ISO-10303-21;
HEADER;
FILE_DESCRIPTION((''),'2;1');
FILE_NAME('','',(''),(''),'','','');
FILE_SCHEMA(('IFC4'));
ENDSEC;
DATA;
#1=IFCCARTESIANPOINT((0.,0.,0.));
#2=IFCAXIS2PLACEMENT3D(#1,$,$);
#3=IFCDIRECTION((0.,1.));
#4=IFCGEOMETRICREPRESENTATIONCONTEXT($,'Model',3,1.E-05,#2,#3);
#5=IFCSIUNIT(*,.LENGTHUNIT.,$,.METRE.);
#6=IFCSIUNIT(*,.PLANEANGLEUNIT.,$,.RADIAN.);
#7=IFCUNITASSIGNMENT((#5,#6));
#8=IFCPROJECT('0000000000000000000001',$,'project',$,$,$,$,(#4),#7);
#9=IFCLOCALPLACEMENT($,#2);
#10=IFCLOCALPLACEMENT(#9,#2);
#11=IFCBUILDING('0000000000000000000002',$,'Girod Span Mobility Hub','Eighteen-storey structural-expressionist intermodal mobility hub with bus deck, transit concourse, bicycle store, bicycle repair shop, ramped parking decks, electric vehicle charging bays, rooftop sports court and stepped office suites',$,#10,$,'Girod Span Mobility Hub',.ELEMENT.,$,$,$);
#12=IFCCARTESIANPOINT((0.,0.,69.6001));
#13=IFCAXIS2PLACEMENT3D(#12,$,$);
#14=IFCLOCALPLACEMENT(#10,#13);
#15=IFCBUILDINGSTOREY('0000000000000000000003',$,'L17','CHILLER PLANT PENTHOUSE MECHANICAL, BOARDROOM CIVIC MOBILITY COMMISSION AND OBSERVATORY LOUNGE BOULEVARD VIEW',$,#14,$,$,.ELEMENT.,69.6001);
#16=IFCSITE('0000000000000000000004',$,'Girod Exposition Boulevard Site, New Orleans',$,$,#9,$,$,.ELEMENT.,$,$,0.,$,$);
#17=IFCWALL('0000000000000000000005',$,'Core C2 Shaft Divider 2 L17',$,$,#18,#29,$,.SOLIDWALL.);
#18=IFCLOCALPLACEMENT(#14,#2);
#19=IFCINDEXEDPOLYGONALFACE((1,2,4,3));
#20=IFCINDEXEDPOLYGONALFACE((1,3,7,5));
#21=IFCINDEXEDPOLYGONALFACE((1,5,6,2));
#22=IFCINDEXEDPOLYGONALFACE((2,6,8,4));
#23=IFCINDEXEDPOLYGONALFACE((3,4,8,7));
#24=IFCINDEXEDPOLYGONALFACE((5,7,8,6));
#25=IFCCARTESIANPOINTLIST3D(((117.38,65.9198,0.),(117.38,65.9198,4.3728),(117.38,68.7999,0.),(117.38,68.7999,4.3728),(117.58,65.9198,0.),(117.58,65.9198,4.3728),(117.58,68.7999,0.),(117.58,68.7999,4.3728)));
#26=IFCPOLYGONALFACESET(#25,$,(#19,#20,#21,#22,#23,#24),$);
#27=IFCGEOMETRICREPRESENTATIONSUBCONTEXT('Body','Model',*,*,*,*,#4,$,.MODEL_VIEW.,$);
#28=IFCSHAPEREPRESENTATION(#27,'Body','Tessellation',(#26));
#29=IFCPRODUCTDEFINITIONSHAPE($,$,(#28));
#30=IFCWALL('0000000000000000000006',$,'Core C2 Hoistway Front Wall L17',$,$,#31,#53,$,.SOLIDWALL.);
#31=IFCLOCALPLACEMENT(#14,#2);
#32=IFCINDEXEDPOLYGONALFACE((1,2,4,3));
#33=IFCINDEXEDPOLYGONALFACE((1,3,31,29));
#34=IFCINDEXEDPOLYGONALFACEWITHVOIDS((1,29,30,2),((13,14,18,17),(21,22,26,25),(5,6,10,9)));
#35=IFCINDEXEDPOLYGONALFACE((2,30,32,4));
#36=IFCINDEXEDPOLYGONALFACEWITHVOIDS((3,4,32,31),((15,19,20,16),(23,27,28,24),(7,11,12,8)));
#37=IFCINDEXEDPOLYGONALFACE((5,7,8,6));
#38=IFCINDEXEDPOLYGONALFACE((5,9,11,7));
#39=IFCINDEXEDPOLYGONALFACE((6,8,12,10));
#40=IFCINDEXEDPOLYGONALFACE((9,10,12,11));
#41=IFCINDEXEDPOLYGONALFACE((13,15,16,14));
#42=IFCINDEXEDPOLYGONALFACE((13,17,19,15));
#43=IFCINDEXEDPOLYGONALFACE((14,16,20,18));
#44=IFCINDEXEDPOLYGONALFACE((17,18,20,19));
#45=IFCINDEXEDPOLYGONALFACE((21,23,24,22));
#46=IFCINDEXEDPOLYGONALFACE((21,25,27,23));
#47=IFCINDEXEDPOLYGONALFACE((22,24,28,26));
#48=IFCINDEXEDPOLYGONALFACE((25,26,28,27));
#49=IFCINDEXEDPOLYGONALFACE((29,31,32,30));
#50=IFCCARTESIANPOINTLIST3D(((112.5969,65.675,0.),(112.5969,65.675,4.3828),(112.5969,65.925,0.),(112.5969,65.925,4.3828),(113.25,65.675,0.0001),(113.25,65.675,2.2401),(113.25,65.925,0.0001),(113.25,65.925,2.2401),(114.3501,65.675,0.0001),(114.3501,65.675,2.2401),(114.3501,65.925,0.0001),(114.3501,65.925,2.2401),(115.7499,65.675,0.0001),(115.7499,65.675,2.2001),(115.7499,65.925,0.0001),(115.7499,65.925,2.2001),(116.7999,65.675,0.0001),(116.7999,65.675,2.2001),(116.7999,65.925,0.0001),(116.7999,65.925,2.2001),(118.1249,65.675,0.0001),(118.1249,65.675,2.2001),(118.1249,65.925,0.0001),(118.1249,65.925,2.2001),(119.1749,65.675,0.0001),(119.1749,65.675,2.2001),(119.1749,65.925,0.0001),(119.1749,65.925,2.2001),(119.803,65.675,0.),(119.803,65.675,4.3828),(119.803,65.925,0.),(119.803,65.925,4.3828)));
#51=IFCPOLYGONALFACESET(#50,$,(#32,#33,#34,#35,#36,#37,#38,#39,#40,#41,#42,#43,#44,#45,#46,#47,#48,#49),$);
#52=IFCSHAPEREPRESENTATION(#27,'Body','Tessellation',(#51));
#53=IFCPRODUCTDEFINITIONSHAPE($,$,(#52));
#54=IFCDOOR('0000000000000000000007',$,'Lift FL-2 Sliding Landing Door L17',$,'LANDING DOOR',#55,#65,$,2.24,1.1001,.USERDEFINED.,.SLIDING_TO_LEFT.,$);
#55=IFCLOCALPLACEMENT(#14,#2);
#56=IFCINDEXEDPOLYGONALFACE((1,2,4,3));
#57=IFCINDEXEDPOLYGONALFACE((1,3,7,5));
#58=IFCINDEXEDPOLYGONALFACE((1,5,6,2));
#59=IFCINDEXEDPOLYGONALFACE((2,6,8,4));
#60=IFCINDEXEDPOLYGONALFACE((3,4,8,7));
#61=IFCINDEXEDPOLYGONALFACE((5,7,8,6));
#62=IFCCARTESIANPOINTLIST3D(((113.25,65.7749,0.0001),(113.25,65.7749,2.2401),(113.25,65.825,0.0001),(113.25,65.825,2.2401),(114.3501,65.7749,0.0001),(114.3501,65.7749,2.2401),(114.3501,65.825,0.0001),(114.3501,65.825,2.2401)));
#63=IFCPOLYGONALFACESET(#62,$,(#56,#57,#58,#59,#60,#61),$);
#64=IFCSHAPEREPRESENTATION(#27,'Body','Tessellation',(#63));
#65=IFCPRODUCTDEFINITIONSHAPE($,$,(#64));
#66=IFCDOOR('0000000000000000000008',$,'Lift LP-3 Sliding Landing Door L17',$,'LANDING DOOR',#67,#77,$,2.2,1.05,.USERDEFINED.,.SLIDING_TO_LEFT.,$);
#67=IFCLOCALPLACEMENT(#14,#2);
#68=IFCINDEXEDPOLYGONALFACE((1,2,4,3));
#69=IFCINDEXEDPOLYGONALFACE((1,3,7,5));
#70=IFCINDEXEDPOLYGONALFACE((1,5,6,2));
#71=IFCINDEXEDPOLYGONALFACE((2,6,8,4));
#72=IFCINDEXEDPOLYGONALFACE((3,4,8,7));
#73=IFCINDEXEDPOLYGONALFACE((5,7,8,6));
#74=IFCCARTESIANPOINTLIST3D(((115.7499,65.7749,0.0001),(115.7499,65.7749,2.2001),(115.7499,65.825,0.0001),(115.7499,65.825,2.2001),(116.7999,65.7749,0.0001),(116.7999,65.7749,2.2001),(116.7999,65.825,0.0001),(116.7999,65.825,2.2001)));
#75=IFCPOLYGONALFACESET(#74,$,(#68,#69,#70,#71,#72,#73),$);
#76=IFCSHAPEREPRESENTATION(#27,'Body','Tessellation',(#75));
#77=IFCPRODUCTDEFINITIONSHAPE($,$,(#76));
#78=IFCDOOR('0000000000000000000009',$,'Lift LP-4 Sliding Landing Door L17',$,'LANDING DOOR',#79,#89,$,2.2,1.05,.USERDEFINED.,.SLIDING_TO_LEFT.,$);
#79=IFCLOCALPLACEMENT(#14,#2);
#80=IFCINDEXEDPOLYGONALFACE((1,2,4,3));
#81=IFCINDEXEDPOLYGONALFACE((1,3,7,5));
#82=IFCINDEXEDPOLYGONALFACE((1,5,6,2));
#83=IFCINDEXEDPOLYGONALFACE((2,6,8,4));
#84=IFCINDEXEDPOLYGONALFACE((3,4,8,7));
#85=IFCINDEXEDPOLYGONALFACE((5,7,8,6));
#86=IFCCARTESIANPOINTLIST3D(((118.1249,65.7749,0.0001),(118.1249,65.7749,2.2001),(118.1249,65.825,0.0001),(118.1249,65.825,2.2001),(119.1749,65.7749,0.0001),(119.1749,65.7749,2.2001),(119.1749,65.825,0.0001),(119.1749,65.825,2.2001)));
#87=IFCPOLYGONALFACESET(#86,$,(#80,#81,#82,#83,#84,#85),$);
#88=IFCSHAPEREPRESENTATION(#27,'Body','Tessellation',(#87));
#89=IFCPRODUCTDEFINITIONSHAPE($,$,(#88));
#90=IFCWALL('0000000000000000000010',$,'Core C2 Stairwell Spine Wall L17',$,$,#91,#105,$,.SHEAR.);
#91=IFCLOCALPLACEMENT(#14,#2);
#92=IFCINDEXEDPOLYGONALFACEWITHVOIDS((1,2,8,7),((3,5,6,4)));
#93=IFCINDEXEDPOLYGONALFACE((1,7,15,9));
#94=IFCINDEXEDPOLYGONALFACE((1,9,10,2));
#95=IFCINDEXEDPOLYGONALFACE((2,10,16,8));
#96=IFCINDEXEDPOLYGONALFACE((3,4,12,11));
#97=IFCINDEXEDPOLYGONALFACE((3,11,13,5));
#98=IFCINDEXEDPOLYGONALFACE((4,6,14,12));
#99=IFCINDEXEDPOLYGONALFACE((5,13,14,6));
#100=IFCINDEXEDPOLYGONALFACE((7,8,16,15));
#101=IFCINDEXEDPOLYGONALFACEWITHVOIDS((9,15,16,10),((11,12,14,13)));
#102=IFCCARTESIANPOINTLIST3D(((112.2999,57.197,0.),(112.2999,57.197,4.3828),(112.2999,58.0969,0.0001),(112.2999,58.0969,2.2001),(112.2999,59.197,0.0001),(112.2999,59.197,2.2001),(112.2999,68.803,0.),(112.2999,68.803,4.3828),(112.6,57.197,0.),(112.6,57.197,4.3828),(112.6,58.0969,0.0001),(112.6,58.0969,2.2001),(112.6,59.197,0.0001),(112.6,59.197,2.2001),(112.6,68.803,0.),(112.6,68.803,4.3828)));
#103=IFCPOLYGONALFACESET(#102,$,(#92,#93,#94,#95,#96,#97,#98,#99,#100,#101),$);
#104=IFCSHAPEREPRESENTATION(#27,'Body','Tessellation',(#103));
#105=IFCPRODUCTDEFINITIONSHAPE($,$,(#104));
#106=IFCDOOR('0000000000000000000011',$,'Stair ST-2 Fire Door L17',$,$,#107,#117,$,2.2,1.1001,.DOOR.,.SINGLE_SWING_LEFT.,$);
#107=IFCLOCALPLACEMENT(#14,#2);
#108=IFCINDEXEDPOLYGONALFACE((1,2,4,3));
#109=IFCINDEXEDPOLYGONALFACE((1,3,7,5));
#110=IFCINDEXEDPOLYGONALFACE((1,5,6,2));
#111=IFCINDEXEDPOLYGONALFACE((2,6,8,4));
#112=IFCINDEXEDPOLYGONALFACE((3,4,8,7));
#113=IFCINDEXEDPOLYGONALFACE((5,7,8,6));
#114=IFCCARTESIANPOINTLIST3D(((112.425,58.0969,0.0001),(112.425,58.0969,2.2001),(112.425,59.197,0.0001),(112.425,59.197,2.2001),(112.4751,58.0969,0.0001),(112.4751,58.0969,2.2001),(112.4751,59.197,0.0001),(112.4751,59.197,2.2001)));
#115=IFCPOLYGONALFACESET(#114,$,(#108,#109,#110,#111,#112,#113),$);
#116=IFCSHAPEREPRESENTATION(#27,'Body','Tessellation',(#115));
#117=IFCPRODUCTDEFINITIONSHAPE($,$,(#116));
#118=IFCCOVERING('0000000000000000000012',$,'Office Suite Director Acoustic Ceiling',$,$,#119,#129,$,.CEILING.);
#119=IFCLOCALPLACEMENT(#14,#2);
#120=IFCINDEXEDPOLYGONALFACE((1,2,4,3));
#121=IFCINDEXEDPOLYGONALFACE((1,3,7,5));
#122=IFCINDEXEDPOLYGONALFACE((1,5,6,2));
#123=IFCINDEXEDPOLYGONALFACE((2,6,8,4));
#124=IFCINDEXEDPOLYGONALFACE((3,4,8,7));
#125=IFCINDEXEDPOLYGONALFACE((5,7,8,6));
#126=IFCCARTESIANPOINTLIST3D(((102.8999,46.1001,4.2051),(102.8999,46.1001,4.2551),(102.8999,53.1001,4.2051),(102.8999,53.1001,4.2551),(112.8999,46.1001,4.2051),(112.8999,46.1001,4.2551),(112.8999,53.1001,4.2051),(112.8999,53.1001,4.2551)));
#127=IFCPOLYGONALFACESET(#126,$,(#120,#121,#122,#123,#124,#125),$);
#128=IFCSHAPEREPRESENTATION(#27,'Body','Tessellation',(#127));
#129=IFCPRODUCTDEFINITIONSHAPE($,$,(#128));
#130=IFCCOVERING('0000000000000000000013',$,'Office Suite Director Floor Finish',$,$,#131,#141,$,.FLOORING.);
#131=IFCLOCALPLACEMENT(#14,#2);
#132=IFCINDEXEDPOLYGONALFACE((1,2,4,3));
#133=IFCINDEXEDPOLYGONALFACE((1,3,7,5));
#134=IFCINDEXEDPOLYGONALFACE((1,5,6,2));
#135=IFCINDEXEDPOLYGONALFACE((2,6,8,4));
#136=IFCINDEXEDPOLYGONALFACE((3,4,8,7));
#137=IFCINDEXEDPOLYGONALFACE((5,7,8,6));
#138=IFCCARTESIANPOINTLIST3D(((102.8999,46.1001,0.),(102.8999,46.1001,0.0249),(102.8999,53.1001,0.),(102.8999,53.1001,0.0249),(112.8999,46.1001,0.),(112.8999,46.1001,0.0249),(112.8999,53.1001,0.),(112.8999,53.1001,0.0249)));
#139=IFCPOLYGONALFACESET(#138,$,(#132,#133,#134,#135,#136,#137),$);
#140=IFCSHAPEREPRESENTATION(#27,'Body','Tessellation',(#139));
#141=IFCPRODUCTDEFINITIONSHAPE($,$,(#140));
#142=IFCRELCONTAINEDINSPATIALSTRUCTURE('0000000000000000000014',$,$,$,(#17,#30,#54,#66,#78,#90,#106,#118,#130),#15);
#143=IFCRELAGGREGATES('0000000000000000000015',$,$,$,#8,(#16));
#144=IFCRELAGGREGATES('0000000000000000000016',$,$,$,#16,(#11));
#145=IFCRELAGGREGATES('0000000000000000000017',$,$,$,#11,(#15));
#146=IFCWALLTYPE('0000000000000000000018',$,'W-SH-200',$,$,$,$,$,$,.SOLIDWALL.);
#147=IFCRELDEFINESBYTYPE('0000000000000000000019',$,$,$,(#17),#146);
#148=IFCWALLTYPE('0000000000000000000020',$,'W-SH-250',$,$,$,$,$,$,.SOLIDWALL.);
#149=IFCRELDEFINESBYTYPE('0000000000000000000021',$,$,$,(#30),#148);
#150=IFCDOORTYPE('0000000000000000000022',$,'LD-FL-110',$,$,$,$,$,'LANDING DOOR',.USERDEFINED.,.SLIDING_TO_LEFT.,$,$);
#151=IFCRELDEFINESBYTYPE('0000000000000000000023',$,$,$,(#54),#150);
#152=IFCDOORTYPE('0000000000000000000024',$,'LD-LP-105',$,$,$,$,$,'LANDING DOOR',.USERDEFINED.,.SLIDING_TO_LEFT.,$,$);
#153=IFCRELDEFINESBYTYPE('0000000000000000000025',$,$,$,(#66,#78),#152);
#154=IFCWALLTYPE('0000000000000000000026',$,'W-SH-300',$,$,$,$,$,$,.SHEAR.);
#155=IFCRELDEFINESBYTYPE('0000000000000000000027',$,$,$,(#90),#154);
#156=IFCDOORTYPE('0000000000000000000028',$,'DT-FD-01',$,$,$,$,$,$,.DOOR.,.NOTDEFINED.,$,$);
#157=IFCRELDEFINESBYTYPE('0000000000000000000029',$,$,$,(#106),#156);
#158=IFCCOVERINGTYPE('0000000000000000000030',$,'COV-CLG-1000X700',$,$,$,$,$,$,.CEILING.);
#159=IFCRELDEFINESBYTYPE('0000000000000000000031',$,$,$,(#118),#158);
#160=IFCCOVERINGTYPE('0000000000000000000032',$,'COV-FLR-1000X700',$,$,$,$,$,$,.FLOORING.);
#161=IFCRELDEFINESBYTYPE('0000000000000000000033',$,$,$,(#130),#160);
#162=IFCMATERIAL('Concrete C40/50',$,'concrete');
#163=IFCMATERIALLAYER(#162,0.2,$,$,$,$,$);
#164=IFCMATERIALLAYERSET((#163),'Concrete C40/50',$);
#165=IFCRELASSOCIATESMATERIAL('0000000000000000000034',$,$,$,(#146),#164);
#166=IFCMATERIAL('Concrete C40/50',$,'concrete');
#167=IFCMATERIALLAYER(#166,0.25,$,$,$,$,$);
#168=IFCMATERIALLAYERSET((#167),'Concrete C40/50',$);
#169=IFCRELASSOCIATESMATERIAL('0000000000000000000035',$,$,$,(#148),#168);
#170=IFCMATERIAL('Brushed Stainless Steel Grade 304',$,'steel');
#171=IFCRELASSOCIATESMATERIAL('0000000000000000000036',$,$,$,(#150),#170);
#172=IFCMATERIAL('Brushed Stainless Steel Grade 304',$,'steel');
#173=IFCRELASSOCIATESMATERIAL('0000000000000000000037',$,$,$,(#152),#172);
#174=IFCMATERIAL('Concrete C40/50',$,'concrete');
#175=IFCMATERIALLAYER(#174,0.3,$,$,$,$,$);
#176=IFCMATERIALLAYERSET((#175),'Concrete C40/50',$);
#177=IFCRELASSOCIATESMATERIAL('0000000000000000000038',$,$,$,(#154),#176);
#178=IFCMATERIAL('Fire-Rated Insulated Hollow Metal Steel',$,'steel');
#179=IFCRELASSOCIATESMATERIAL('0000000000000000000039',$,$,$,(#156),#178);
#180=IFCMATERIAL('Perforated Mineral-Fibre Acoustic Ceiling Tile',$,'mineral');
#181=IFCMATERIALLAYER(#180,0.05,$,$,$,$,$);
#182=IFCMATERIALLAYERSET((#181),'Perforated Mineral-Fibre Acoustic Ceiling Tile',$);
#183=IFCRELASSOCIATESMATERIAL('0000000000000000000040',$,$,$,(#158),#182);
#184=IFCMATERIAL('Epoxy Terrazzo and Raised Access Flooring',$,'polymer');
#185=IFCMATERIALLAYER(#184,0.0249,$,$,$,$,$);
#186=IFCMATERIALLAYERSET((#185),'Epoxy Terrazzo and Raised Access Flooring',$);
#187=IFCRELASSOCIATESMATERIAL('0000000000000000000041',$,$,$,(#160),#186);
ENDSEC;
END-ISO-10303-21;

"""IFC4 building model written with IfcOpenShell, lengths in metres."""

from ifc_helpers import new_model, si_unit, direction, frame, frame_2d, origin, origin_2d, place, context, subcontext, project, spatial, rectangle, extrude, material, layer, layer_set, type_object, element, fill, save


model = new_model("IFC4")

# Units and contexts
model_context = context("Model", 3, precision=1e-05, world=origin(), true_north=direction((0.0, 1.0)))
body_context = subcontext(model_context, "Body", "Model", "MODEL_VIEW")
ifc_project = project(units=[si_unit("LENGTHUNIT", "METRE"), si_unit("PLANEANGLEUNIT", "RADIAN")], contexts=[model_context])

# Site, building, storey
site_placement = place(None, origin())
site = spatial("IfcSite", under=ifc_project, at=site_placement, Name="Girod Exposition Boulevard Site, New Orleans", CompositionType="ELEMENT", RefElevation=0.0)
building_placement = place(site_placement, origin())
building = spatial("IfcBuilding", under=site, at=building_placement, Name="Girod Span Mobility Hub", Description="Eighteen-storey structural-expressionist intermodal mobility hub with bus deck, transit concourse, bicycle store, bicycle repair shop, ramped parking decks, electric vehicle charging bays, rooftop sports court and stepped office suites", LongName="Girod Span Mobility Hub", CompositionType="ELEMENT")
storey_placement = place(building_placement, frame((0.0, 0.0, 69.6001)))
storey = spatial("IfcBuildingStorey", under=building, at=storey_placement, Name="L17", Description="CHILLER PLANT PENTHOUSE MECHANICAL, BOARDROOM CIVIC MOBILITY COMMISSION AND OBSERVATORY LOUNGE BOULEVARD VIEW", CompositionType="ELEMENT", Elevation=69.6001)

# Wall
ifc_material_1 = material(Name="Concrete C40/50", Category="concrete")
ifc_layer_1 = layer(ifc_material_1, 0.2)
ifc_layer_set_1 = layer_set([ifc_layer_1], Name="Concrete C40/50")
wall_type_1 = type_object("IfcWallType", Name="W-SH-200", PredefinedType="SOLIDWALL", material=ifc_layer_set_1)
for number, where, z_axis, x_axis, name in (
    (1, (117.48, 65.9199, 0.0), (0.0, 0.0, 1.0), (0.0, 1.0, 0.0), "Core C2 Shaft Divider 2 L17"),
):
    element("IfcWall", number, at=place(storey_placement, frame(where, z_axis=z_axis, x_axis=x_axis)), inside=storey, type_object=wall_type_1, Name=name, PredefinedType="SOLIDWALL", context=body_context, shape_type="SweptSolid", body=[
        extrude(rectangle(XDim=2.8801, YDim=0.2, at=frame_2d((1.4399, 0.0))), origin(), (0.0, 0.0, 1.0), 4.3728),
    ])

# Wall, openings, doors
ifc_material_2 = material(Name="Concrete C40/50", Category="concrete")
ifc_layer_2 = layer(ifc_material_2, 0.25)
ifc_layer_set_2 = layer_set([ifc_layer_2], Name="Concrete C40/50")
wall_type_2 = type_object("IfcWallType", Name="W-SH-250", PredefinedType="SOLIDWALL", material=ifc_layer_set_2)
wall_1_placement = place(storey_placement, frame((112.5969, 65.8, 0.0), z_axis=(0.0, 0.0, 1.0), x_axis=(1.0, 0.0, 0.0)))
wall_1 = element("IfcWall", 2, at=wall_1_placement, inside=storey, type_object=wall_type_2, Name="Core C2 Hoistway Front Wall L17", PredefinedType="SOLIDWALL", context=body_context, shape_type="SweptSolid", body=[
    extrude(rectangle(XDim=7.2061, YDim=0.25, at=frame_2d((3.603, 0.0))), origin(), (0.0, 0.0, 1.0), 4.3828),
])
opening_1_placement = place(wall_1_placement, frame((0.6531, 0.0, 0.0)))
opening_1 = element("IfcOpeningElement", 3, at=opening_1_placement, cuts=wall_1, PredefinedType="OPENING", context=body_context, shape_type="SweptSolid", body=[
    extrude(rectangle(XDim=1.1001, YDim=2.24, at=frame_2d((0.55, 1.1201))), frame((0.0, 0.1399, 0.0), z_axis=(0.0, -1.0, 0.0), x_axis=(1.0, 0.0, 0.0)), (0.0, 0.0, 1.0), 0.28),
])
opening_2_placement = place(wall_1_placement, frame((3.1531, 0.0, 0.0)))
opening_2 = element("IfcOpeningElement", 4, at=opening_2_placement, cuts=wall_1, PredefinedType="OPENING", context=body_context, shape_type="SweptSolid", body=[
    extrude(rectangle(XDim=1.05, YDim=2.2, at=frame_2d((0.5249, 1.1001))), frame((0.0, 0.1399, 0.0), z_axis=(0.0, -1.0, 0.0), x_axis=(1.0, 0.0, 0.0)), (0.0, 0.0, 1.0), 0.28),
])
opening_3_placement = place(wall_1_placement, frame((5.5281, 0.0, 0.0)))
opening_3 = element("IfcOpeningElement", 5, at=opening_3_placement, cuts=wall_1, PredefinedType="OPENING", context=body_context, shape_type="SweptSolid", body=[
    extrude(rectangle(XDim=1.05, YDim=2.2, at=frame_2d((0.5249, 1.1001))), frame((0.0, 0.1399, 0.0), z_axis=(0.0, -1.0, 0.0), x_axis=(1.0, 0.0, 0.0)), (0.0, 0.0, 1.0), 0.28),
])
ifc_material_3 = material(Name="Brushed Stainless Steel Grade 304", Category="steel")
door_type_1 = type_object("IfcDoorType", Name="LD-FL-110", ElementType="LANDING DOOR", OperationType="SLIDING_TO_LEFT", PredefinedType="USERDEFINED", material=ifc_material_3)
door_1_placement = place(opening_1_placement, origin())
door_1 = element("IfcDoor", 6, at=door_1_placement, inside=storey, type_object=door_type_1, Name="Lift FL-2 Sliding Landing Door L17", ObjectType="LANDING DOOR", OperationType="SLIDING_TO_LEFT", OverallHeight=2.24, OverallWidth=1.1001, PredefinedType="USERDEFINED", context=body_context, shape_type="SweptSolid", body=[
    extrude(rectangle(XDim=1.1001, YDim=2.24, at=frame_2d((0.55, 1.1201))), frame((0.0, 0.0249, 0.0), z_axis=(0.0, -1.0, 0.0), x_axis=(1.0, 0.0, 0.0)), (0.0, 0.0, 1.0), 0.05),
])
fill(opening_1, door_1)
ifc_material_4 = material(Name="Brushed Stainless Steel Grade 304", Category="steel")
door_type_2 = type_object("IfcDoorType", Name="LD-LP-105", ElementType="LANDING DOOR", OperationType="SLIDING_TO_LEFT", PredefinedType="USERDEFINED", material=ifc_material_4)
door_2_placement = place(opening_2_placement, origin())
door_2 = element("IfcDoor", 7, at=door_2_placement, inside=storey, type_object=door_type_2, Name="Lift LP-3 Sliding Landing Door L17", ObjectType="LANDING DOOR", OperationType="SLIDING_TO_LEFT", OverallHeight=2.2, OverallWidth=1.05, PredefinedType="USERDEFINED", context=body_context, shape_type="SweptSolid", body=[
    extrude(rectangle(XDim=1.05, YDim=2.2, at=frame_2d((0.5249, 1.1001))), frame((0.0, 0.0249, 0.0), z_axis=(0.0, -1.0, 0.0), x_axis=(1.0, 0.0, 0.0)), (0.0, 0.0, 1.0), 0.05),
])
fill(opening_2, door_2)
door_3_placement = place(opening_3_placement, origin())
door_3 = element("IfcDoor", 8, at=door_3_placement, inside=storey, type_object=door_type_2, Name="Lift LP-4 Sliding Landing Door L17", ObjectType="LANDING DOOR", OperationType="SLIDING_TO_LEFT", OverallHeight=2.2, OverallWidth=1.05, PredefinedType="USERDEFINED", context=body_context, shape_type="SweptSolid", body=[
    extrude(rectangle(XDim=1.05, YDim=2.2, at=frame_2d((0.5249, 1.1001))), frame((0.0, 0.0249, 0.0), z_axis=(0.0, -1.0, 0.0), x_axis=(1.0, 0.0, 0.0)), (0.0, 0.0, 1.0), 0.05),
])
fill(opening_3, door_3)

# Wall, opening, door
ifc_material_5 = material(Name="Concrete C40/50", Category="concrete")
ifc_layer_3 = layer(ifc_material_5, 0.3)
ifc_layer_set_3 = layer_set([ifc_layer_3], Name="Concrete C40/50")
wall_type_3 = type_object("IfcWallType", Name="W-SH-300", PredefinedType="SHEAR", material=ifc_layer_set_3)
wall_2_placement = place(storey_placement, frame((112.45, 57.197, 0.0), z_axis=(0.0, 0.0, 1.0), x_axis=(0.0, 1.0, 0.0)))
wall_2 = element("IfcWall", 9, at=wall_2_placement, inside=storey, type_object=wall_type_3, Name="Core C2 Stairwell Spine Wall L17", PredefinedType="SHEAR", context=body_context, shape_type="SweptSolid", body=[
    extrude(rectangle(XDim=11.606, YDim=0.3, at=frame_2d((5.803, 0.0))), origin(), (0.0, 0.0, 1.0), 4.3828),
])
opening_4_placement = place(wall_2_placement, frame((0.8999, 0.0, 0.0)))
opening_4 = element("IfcOpeningElement", 10, at=opening_4_placement, cuts=wall_2, PredefinedType="OPENING", context=body_context, shape_type="SweptSolid", body=[
    extrude(rectangle(XDim=1.1001, YDim=2.2, at=frame_2d((0.55, 1.1001))), frame((0.0, 0.165, 0.0), z_axis=(0.0, -1.0, 0.0), x_axis=(1.0, 0.0, 0.0)), (0.0, 0.0, 1.0), 0.3301),
])
ifc_material_6 = material(Name="Fire-Rated Insulated Hollow Metal Steel", Category="steel")
door_type_3 = type_object("IfcDoorType", Name="DT-FD-01", OperationType="NOTDEFINED", PredefinedType="DOOR", material=ifc_material_6)
door_4_placement = place(opening_4_placement, origin())
door_4 = element("IfcDoor", 11, at=door_4_placement, inside=storey, type_object=door_type_3, Name="Stair ST-2 Fire Door L17", OperationType="SINGLE_SWING_LEFT", OverallHeight=2.2, OverallWidth=1.1001, PredefinedType="DOOR", context=body_context, shape_type="SweptSolid", body=[
    extrude(rectangle(XDim=1.1001, YDim=2.2, at=frame_2d((0.55, 1.1001))), frame((0.0, 0.0249, 0.0), z_axis=(0.0, -1.0, 0.0), x_axis=(1.0, 0.0, 0.0)), (0.0, 0.0, 1.0), 0.05),
])
fill(opening_4, door_4)

# Coverings
ifc_material_7 = material(Name="Perforated Mineral-Fibre Acoustic Ceiling Tile", Category="mineral")
ifc_layer_4 = layer(ifc_material_7, 0.05)
ifc_layer_set_4 = layer_set([ifc_layer_4], Name="Perforated Mineral-Fibre Acoustic Ceiling Tile")
covering_type_1 = type_object("IfcCoveringType", Name="COV-CLG-1000X700", PredefinedType="CEILING", material=ifc_layer_set_4)
covering_1_placement = place(storey_placement, frame((107.8999, 49.6001, 4.2051), z_axis=(0.0, 0.0, 1.0), x_axis=(1.0, 0.0, 0.0)))
element("IfcCovering", 12, at=covering_1_placement, inside=storey, type_object=covering_type_1, Name="Office Suite Director Acoustic Ceiling", PredefinedType="CEILING", context=body_context, shape_type="SweptSolid", body=[
    extrude(rectangle(XDim=10.0, YDim=7.0, at=origin_2d()), origin(), (0.0, 0.0, 1.0), 0.05),
])
ifc_material_8 = material(Name="Epoxy Terrazzo and Raised Access Flooring", Category="polymer")
ifc_layer_5 = layer(ifc_material_8, 0.0249)
ifc_layer_set_5 = layer_set([ifc_layer_5], Name="Epoxy Terrazzo and Raised Access Flooring")
covering_type_2 = type_object("IfcCoveringType", Name="COV-FLR-1000X700", PredefinedType="FLOORING", material=ifc_layer_set_5)
covering_2_placement = place(storey_placement, frame((107.8999, 49.6001, 0.0), z_axis=(0.0, 0.0, 1.0), x_axis=(1.0, 0.0, 0.0)))
element("IfcCovering", 13, at=covering_2_placement, inside=storey, type_object=covering_type_2, Name="Office Suite Director Floor Finish", PredefinedType="FLOORING", context=body_context, shape_type="SweptSolid", body=[
    extrude(rectangle(XDim=10.0, YDim=7.0, at=origin_2d()), origin(), (0.0, 0.0, 1.0), 0.0249),
])

save(model, "model.ifc")
